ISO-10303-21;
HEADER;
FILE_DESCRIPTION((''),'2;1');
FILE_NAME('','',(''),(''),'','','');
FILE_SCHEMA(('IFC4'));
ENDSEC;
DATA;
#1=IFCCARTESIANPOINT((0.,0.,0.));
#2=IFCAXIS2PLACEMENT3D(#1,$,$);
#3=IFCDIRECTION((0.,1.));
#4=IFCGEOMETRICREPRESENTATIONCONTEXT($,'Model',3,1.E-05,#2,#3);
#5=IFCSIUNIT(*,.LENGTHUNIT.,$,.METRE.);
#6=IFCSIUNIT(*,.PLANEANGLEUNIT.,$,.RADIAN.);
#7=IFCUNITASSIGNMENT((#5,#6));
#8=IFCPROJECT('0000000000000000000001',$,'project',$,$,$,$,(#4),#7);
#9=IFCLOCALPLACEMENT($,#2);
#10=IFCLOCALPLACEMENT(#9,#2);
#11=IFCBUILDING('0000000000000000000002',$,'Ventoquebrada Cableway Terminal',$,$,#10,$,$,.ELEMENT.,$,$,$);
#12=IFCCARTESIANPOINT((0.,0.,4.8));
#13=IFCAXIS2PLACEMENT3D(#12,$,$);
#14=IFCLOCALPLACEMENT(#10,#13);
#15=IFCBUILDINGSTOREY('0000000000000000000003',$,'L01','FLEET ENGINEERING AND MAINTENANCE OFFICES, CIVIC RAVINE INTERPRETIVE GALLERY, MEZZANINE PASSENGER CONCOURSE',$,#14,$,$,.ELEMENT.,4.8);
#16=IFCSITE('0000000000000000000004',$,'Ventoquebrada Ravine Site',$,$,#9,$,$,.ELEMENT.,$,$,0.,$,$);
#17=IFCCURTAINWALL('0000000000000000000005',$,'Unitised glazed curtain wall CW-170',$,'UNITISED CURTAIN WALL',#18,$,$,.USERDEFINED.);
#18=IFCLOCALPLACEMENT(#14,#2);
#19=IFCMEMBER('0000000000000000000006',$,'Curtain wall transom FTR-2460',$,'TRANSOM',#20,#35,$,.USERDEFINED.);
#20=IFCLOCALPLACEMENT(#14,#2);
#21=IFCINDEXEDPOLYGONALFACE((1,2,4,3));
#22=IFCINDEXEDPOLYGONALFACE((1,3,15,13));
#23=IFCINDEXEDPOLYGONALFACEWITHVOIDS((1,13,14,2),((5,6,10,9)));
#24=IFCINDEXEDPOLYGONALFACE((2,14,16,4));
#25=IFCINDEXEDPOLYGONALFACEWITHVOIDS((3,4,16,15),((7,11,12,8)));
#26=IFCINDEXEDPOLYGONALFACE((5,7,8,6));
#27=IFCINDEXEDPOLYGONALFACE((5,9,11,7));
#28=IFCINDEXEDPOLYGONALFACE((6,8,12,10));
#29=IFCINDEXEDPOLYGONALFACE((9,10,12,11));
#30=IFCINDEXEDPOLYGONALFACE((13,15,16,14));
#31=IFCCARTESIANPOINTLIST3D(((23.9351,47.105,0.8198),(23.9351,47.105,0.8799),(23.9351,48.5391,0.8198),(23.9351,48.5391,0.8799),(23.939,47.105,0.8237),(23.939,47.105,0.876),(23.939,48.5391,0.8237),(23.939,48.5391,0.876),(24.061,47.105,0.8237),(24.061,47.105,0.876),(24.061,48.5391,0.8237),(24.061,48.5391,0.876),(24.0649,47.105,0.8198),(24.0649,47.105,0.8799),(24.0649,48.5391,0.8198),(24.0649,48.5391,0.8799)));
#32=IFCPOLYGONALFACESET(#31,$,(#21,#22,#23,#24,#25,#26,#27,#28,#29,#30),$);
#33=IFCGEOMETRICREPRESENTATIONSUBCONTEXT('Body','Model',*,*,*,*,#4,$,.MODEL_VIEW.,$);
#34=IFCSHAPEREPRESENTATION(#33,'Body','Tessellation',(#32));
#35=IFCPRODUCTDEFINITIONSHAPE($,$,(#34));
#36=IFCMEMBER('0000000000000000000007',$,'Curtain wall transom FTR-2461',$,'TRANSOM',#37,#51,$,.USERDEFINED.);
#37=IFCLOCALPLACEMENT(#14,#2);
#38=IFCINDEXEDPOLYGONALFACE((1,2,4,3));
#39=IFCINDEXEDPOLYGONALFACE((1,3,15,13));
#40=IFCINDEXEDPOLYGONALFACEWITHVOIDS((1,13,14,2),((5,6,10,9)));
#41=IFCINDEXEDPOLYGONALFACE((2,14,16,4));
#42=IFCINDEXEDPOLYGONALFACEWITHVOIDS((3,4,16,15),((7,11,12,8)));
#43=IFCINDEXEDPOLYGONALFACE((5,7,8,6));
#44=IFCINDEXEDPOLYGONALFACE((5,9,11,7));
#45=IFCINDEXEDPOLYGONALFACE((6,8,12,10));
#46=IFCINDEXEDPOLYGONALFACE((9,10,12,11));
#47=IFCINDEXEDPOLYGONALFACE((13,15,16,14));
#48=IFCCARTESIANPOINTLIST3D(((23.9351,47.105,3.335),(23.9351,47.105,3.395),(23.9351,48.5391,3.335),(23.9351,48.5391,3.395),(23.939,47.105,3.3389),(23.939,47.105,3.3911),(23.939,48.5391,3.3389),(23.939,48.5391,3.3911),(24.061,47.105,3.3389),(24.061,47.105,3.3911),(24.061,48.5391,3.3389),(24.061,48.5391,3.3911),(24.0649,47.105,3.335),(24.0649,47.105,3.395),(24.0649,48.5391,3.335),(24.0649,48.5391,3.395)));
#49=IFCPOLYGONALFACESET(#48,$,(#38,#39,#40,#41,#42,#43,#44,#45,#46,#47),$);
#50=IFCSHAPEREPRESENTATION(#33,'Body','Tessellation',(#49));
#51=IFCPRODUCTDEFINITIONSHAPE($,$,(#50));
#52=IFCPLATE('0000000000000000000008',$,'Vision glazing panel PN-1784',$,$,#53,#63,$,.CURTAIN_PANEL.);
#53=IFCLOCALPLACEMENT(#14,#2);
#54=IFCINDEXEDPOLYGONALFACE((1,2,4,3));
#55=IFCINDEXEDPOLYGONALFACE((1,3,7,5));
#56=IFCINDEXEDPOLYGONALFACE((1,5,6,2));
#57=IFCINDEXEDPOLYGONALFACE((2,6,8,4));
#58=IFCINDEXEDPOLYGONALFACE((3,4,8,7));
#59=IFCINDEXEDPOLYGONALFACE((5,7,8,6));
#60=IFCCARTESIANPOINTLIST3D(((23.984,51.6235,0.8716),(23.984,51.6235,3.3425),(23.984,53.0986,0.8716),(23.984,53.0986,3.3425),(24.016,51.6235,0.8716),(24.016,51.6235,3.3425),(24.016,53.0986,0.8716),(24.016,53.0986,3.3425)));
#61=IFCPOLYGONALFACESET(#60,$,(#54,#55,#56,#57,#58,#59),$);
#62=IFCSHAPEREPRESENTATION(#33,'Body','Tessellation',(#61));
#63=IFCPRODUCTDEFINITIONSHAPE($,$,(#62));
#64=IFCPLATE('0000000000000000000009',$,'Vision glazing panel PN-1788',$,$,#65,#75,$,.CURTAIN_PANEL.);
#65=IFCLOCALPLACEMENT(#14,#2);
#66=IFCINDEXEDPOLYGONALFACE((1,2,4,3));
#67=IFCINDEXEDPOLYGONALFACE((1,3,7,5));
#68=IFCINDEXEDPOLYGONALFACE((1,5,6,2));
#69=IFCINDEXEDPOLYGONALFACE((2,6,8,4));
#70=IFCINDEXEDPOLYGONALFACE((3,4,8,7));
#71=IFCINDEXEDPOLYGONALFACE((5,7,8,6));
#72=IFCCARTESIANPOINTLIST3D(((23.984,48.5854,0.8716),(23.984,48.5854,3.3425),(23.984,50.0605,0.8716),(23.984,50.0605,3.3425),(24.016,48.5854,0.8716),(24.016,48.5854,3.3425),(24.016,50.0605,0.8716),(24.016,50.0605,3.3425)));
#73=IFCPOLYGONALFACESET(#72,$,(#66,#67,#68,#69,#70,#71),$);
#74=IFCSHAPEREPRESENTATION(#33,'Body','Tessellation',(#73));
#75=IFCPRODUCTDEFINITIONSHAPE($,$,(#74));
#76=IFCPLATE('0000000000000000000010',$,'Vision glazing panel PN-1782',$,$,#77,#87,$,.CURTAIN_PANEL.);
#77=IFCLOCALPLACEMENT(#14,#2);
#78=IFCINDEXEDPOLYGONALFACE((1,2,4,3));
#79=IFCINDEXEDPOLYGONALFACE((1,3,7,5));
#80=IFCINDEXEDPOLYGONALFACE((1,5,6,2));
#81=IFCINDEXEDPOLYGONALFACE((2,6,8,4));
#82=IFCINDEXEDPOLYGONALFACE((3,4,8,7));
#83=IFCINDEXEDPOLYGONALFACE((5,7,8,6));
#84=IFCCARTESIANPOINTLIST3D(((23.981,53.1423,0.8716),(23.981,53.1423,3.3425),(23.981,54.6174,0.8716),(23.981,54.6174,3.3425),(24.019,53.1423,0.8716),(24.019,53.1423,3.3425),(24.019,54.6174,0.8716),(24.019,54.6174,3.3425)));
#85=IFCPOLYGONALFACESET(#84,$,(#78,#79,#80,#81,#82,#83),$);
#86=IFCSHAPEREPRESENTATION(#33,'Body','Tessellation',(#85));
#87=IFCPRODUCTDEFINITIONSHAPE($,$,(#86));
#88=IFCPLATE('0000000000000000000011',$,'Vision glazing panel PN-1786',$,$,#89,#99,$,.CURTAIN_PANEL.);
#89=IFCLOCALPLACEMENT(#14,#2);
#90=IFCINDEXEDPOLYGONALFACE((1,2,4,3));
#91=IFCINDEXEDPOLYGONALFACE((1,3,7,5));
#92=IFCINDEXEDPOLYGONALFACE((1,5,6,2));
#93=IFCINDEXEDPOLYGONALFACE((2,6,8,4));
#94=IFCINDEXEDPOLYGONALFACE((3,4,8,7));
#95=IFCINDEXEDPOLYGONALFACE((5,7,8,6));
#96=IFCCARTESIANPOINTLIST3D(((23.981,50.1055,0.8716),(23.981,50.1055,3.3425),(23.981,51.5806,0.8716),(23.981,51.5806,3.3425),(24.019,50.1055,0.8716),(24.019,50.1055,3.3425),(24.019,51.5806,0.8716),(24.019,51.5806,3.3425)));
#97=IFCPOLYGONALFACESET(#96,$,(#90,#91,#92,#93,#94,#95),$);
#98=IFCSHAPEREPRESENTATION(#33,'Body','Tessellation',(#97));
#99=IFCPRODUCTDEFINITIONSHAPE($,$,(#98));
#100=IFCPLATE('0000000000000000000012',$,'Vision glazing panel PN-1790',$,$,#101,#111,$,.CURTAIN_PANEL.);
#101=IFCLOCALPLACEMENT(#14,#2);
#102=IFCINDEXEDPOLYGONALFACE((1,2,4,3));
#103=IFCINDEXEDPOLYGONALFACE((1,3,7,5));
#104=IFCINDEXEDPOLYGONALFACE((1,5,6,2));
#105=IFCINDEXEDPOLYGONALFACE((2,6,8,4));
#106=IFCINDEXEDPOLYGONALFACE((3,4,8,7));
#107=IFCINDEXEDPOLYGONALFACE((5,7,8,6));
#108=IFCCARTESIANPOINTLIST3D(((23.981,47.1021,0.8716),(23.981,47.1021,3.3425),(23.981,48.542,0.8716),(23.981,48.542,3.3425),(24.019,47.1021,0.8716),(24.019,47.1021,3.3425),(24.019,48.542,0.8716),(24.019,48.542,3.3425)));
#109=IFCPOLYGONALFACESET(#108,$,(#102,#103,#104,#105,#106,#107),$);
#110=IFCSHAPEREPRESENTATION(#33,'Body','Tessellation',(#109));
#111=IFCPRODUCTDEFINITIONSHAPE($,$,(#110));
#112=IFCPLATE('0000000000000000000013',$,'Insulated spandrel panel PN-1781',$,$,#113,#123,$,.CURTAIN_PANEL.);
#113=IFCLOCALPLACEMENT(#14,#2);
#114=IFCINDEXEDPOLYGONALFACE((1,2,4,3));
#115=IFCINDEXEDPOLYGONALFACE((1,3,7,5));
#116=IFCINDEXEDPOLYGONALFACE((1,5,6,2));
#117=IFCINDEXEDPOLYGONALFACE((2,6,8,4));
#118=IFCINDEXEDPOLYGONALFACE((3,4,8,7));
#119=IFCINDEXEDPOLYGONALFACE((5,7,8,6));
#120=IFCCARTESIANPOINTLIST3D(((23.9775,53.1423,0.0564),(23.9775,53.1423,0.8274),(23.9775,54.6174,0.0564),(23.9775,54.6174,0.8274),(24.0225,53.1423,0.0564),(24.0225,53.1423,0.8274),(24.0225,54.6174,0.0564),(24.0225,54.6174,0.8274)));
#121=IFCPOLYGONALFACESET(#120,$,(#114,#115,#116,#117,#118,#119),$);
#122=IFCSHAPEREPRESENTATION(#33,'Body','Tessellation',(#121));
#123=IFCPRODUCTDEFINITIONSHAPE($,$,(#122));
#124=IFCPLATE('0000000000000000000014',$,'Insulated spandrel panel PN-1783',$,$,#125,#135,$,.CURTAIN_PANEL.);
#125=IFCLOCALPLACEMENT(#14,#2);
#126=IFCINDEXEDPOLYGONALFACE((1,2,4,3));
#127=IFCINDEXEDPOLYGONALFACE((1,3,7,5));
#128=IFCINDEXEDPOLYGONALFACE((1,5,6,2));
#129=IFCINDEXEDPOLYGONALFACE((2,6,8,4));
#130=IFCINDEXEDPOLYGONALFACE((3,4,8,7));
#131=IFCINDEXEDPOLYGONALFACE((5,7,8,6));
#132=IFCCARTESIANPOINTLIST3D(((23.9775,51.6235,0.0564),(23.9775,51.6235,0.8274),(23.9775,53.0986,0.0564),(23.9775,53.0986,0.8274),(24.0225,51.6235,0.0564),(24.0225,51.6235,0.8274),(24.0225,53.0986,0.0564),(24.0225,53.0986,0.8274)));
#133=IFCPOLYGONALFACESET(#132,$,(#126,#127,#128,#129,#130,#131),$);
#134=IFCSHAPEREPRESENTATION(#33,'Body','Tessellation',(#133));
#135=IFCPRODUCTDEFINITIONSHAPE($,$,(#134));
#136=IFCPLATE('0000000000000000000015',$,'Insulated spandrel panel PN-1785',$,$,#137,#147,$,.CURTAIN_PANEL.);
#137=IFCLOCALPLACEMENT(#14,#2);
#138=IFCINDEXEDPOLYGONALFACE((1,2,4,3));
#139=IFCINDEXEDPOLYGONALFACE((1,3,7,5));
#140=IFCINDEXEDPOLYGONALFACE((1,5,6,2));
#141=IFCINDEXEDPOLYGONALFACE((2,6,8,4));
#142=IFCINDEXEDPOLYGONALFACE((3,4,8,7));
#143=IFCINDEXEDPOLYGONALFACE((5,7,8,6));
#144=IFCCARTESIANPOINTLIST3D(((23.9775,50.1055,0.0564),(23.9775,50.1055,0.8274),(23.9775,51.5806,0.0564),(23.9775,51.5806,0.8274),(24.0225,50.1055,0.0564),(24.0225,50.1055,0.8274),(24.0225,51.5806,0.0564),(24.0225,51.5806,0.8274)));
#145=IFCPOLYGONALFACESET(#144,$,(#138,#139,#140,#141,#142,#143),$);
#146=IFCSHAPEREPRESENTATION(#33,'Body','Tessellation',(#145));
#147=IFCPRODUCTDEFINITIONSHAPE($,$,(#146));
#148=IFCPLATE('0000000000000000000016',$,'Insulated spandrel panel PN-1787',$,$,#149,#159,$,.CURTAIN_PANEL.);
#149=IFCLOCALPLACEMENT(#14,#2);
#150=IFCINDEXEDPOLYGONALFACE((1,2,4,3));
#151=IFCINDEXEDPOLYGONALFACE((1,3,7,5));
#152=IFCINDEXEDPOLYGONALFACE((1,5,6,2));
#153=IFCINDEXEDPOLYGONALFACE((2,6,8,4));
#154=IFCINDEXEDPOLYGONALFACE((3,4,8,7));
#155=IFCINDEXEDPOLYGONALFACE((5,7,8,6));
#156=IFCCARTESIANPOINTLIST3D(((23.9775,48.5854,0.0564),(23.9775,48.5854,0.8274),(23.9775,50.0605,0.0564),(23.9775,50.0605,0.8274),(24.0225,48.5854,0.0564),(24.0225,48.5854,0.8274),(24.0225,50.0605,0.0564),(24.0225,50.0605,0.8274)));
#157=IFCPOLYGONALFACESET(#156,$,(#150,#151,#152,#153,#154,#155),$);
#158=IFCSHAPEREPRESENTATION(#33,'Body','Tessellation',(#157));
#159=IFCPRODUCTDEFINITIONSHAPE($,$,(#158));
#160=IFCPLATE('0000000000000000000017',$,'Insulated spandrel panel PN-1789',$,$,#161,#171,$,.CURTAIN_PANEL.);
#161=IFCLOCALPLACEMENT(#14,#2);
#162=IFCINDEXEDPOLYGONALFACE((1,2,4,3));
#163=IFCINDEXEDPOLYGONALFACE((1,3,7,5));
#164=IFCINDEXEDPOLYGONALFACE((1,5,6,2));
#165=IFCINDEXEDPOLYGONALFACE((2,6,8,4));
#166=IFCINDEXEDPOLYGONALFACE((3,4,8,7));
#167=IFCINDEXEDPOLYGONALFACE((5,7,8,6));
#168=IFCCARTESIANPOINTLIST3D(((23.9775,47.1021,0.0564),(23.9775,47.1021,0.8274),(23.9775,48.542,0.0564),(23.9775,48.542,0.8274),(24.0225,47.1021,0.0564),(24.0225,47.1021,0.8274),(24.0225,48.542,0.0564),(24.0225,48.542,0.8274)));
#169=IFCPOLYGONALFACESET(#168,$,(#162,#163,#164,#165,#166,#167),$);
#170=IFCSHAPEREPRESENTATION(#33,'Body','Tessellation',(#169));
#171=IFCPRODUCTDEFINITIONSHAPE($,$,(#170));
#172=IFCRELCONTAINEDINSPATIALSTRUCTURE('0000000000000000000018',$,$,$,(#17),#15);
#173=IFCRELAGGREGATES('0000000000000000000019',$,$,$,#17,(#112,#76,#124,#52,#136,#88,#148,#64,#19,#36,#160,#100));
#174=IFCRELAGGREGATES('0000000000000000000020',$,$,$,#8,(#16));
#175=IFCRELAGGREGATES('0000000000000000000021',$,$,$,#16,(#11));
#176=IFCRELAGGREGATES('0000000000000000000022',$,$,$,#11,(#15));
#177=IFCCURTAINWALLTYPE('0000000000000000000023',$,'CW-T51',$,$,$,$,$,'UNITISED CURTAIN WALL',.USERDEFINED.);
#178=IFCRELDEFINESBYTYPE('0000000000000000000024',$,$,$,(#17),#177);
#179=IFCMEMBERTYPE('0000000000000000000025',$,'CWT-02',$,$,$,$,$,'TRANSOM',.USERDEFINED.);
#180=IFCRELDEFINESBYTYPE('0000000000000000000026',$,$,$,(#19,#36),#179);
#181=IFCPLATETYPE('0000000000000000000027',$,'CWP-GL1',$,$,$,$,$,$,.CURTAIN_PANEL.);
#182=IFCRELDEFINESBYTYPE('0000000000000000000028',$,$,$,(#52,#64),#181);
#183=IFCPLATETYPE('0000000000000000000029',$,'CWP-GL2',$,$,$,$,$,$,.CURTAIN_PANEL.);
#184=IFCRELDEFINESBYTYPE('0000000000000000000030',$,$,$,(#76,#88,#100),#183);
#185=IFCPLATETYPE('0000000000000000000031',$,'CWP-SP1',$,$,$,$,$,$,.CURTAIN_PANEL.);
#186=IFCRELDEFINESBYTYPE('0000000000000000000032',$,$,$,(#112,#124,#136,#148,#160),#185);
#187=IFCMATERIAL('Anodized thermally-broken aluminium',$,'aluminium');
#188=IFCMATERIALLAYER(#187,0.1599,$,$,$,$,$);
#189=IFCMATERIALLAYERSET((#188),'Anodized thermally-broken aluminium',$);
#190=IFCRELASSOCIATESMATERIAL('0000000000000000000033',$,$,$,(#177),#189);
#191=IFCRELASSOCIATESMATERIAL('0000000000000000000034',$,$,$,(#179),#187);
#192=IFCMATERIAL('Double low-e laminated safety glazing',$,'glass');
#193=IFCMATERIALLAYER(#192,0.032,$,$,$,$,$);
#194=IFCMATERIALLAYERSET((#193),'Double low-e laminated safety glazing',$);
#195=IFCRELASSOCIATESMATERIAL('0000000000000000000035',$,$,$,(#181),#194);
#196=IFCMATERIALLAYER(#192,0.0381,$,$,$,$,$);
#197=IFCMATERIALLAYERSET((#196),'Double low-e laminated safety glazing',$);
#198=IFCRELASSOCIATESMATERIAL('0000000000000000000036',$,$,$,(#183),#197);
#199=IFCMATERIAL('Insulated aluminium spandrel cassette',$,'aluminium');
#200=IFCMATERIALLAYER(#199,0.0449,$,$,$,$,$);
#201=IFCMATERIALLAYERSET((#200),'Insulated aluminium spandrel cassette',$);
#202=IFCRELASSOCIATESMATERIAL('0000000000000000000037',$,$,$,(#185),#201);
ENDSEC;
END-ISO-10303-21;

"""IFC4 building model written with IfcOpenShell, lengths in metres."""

from ifc_helpers import new_model, si_unit, direction, frame, origin, origin_2d, place, context, subcontext, project, spatial, rectangle, hollow_rectangle, extrude, material, layer, layer_set, material_profile, profile_set, type_object, element, aggregate, save


model = new_model("IFC4")

# Units and contexts
model_context = context("Model", 3, precision=1e-05, world=origin(), true_north=direction((0.0, 1.0)))
body_context = subcontext(model_context, "Body", "Model", "MODEL_VIEW")
ifc_project = project(units=[si_unit("LENGTHUNIT", "METRE"), si_unit("PLANEANGLEUNIT", "RADIAN")], contexts=[model_context])

# Site, building, storey
site_placement = place(None, origin())
site = spatial("IfcSite", under=ifc_project, at=site_placement, Name="Ventoquebrada Ravine Site", CompositionType="ELEMENT", RefElevation=0.0)
building_placement = place(site_placement, origin())
building = spatial("IfcBuilding", under=site, at=building_placement, Name="Ventoquebrada Cableway Terminal", CompositionType="ELEMENT")
storey_placement = place(building_placement, frame((0.0, 0.0, 4.8)))
storey = spatial("IfcBuildingStorey", under=building, at=storey_placement, Name="L01", Description="FLEET ENGINEERING AND MAINTENANCE OFFICES, CIVIC RAVINE INTERPRETIVE GALLERY, MEZZANINE PASSENGER CONCOURSE", CompositionType="ELEMENT", Elevation=4.8)

# Curtain wall, members, plates
ifc_material_1 = material(Name="Anodized thermally-broken aluminium", Category="aluminium")
ifc_layer_1 = layer(ifc_material_1, 0.1599)
ifc_layer_set_1 = layer_set([ifc_layer_1], Name="Anodized thermally-broken aluminium")
curtain_wall_type = type_object("IfcCurtainWallType", Name="CW-T51", ElementType="UNITISED CURTAIN WALL", PredefinedType="USERDEFINED", material=ifc_layer_set_1)
curtain_wall_placement = place(storey_placement, origin())
curtain_wall = element("IfcCurtainWall", 1, at=curtain_wall_placement, inside=storey, type_object=curtain_wall_type, Name="Unitised glazed curtain wall CW-170", ObjectType="UNITISED CURTAIN WALL", PredefinedType="USERDEFINED")
ifc_material_profile_1 = material_profile(ifc_material_1, hollow_rectangle(XDim=0.0601, YDim=0.1299, WallThickness=0.0039, at=origin_2d()), Name="CW-TRN-60X130")
ifc_profile_set_1 = profile_set([ifc_material_profile_1], Name="Anodized thermally-broken aluminium")
member_type_1 = type_object("IfcMemberType", Name="CWT-02", ElementType="TRANSOM", PredefinedType="USERDEFINED", material=ifc_profile_set_1)
member_1_placement = place(storey_placement, frame((24.0, 48.5391, 0.8499), z_axis=(0.0, -1.0, 0.0), x_axis=(0.0, 0.0, 1.0)))
member_1 = element("IfcMember", 2, at=member_1_placement, type_object=member_type_1, Name="Curtain wall transom FTR-2460", ObjectType="TRANSOM", PredefinedType="USERDEFINED", context=body_context, shape_type="SweptSolid", body=[
    extrude(hollow_rectangle(XDim=0.0601, YDim=0.1299, WallThickness=0.0039, at=origin_2d()), origin(), (0.0, 0.0, 1.0), 1.4341),
])
member_2_placement = place(storey_placement, frame((24.0, 48.5391, 3.365), z_axis=(0.0, -1.0, 0.0), x_axis=(0.0, 0.0, 1.0)))
member_2 = element("IfcMember", 3, at=member_2_placement, type_object=member_type_1, Name="Curtain wall transom FTR-2461", ObjectType="TRANSOM", PredefinedType="USERDEFINED", context=body_context, shape_type="SweptSolid", body=[
    extrude(hollow_rectangle(XDim=0.0601, YDim=0.1299, WallThickness=0.0039, at=origin_2d()), origin(), (0.0, 0.0, 1.0), 1.4341),
])
ifc_material_2 = material(Name="Double low-e laminated safety glazing", Category="glass")
ifc_layer_2 = layer(ifc_material_2, 0.032)
ifc_layer_set_2 = layer_set([ifc_layer_2], Name="Double low-e laminated safety glazing")
plate_type_1 = type_object("IfcPlateType", Name="CWP-GL1", PredefinedType="CURTAIN_PANEL", material=ifc_layer_set_2)
plate_1_placement = place(storey_placement, frame((24.0, 52.3611, 0.8716), z_axis=(0.0, 0.0, 1.0), x_axis=(0.0, -1.0, 0.0)))
plate_1 = element("IfcPlate", 4, at=plate_1_placement, type_object=plate_type_1, Name="Vision glazing panel PN-1784", PredefinedType="CURTAIN_PANEL", context=body_context, shape_type="SweptSolid", body=[
    extrude(rectangle(XDim=1.4751, YDim=0.032, at=origin_2d()), origin(), (0.0, 0.0, 1.0), 2.4709),
])
plate_2_placement = place(storey_placement, frame((24.0, 49.323, 0.8716), z_axis=(0.0, 0.0, 1.0), x_axis=(0.0, -1.0, 0.0)))
plate_2 = element("IfcPlate", 5, at=plate_2_placement, type_object=plate_type_1, Name="Vision glazing panel PN-1788", PredefinedType="CURTAIN_PANEL", context=body_context, shape_type="SweptSolid", body=[
    extrude(rectangle(XDim=1.4751, YDim=0.032, at=origin_2d()), origin(), (0.0, 0.0, 1.0), 2.4709),
])
ifc_layer_3 = layer(ifc_material_2, 0.0381)
ifc_layer_set_3 = layer_set([ifc_layer_3], Name="Double low-e laminated safety glazing")
plate_type_2 = type_object("IfcPlateType", Name="CWP-GL2", PredefinedType="CURTAIN_PANEL", material=ifc_layer_set_3)
plate_3_placement = place(storey_placement, frame((24.0, 53.8799, 0.8716), z_axis=(0.0, 0.0, 1.0), x_axis=(0.0, -1.0, 0.0)))
plate_3 = element("IfcPlate", 6, at=plate_3_placement, type_object=plate_type_2, Name="Vision glazing panel PN-1782", PredefinedType="CURTAIN_PANEL", context=body_context, shape_type="SweptSolid", body=[
    extrude(rectangle(XDim=1.4751, YDim=0.0381, at=origin_2d()), origin(), (0.0, 0.0, 1.0), 2.4709),
])
plate_4_placement = place(storey_placement, frame((24.0, 50.843, 0.8716), z_axis=(0.0, 0.0, 1.0), x_axis=(0.0, -1.0, 0.0)))
plate_4 = element("IfcPlate", 7, at=plate_4_placement, type_object=plate_type_2, Name="Vision glazing panel PN-1786", PredefinedType="CURTAIN_PANEL", context=body_context, shape_type="SweptSolid", body=[
    extrude(rectangle(XDim=1.4751, YDim=0.0381, at=origin_2d()), origin(), (0.0, 0.0, 1.0), 2.4709),
])
plate_5_placement = place(storey_placement, frame((24.0, 47.822, 0.8716), z_axis=(0.0, 0.0, 1.0), x_axis=(0.0, -1.0, 0.0)))
plate_5 = element("IfcPlate", 8, at=plate_5_placement, type_object=plate_type_2, Name="Vision glazing panel PN-1790", PredefinedType="CURTAIN_PANEL", context=body_context, shape_type="SweptSolid", body=[
    extrude(rectangle(XDim=1.4399, YDim=0.0381, at=origin_2d()), origin(), (0.0, 0.0, 1.0), 2.4709),
])
ifc_material_3 = material(Name="Insulated aluminium spandrel cassette", Category="aluminium")
ifc_layer_4 = layer(ifc_material_3, 0.0449)
ifc_layer_set_4 = layer_set([ifc_layer_4], Name="Insulated aluminium spandrel cassette")
plate_type_3 = type_object("IfcPlateType", Name="CWP-SP1", PredefinedType="CURTAIN_PANEL", material=ifc_layer_set_4)
plate_6_placement = place(storey_placement, frame((24.0, 53.8799, 0.0564), z_axis=(0.0, 0.0, 1.0), x_axis=(0.0, -1.0, 0.0)))
plate_6 = element("IfcPlate", 9, at=plate_6_placement, type_object=plate_type_3, Name="Insulated spandrel panel PN-1781", PredefinedType="CURTAIN_PANEL", context=body_context, shape_type="SweptSolid", body=[
    extrude(rectangle(XDim=1.4751, YDim=0.0449, at=origin_2d()), origin(), (0.0, 0.0, 1.0), 0.771),
])
plate_7_placement = place(storey_placement, frame((24.0, 52.3611, 0.0564), z_axis=(0.0, 0.0, 1.0), x_axis=(0.0, -1.0, 0.0)))
plate_7 = element("IfcPlate", 10, at=plate_7_placement, type_object=plate_type_3, Name="Insulated spandrel panel PN-1783", PredefinedType="CURTAIN_PANEL", context=body_context, shape_type="SweptSolid", body=[
    extrude(rectangle(XDim=1.4751, YDim=0.0449, at=origin_2d()), origin(), (0.0, 0.0, 1.0), 0.771),
])
plate_8_placement = place(storey_placement, frame((24.0, 50.843, 0.0564), z_axis=(0.0, 0.0, 1.0), x_axis=(0.0, -1.0, 0.0)))
plate_8 = element("IfcPlate", 11, at=plate_8_placement, type_object=plate_type_3, Name="Insulated spandrel panel PN-1785", PredefinedType="CURTAIN_PANEL", context=body_context, shape_type="SweptSolid", body=[
    extrude(rectangle(XDim=1.4751, YDim=0.0449, at=origin_2d()), origin(), (0.0, 0.0, 1.0), 0.771),
])
plate_9_placement = place(storey_placement, frame((24.0, 49.323, 0.0564), z_axis=(0.0, 0.0, 1.0), x_axis=(0.0, -1.0, 0.0)))
plate_9 = element("IfcPlate", 12, at=plate_9_placement, type_object=plate_type_3, Name="Insulated spandrel panel PN-1787", PredefinedType="CURTAIN_PANEL", context=body_context, shape_type="SweptSolid", body=[
    extrude(rectangle(XDim=1.4751, YDim=0.0449, at=origin_2d()), origin(), (0.0, 0.0, 1.0), 0.771),
])
plate_10_placement = place(storey_placement, frame((24.0, 47.822, 0.0564), z_axis=(0.0, 0.0, 1.0), x_axis=(0.0, -1.0, 0.0)))
plate_10 = element("IfcPlate", 13, at=plate_10_placement, type_object=plate_type_3, Name="Insulated spandrel panel PN-1789", PredefinedType="CURTAIN_PANEL", context=body_context, shape_type="SweptSolid", body=[
    extrude(rectangle(XDim=1.4399, YDim=0.0449, at=origin_2d()), origin(), (0.0, 0.0, 1.0), 0.771),
])
aggregate(curtain_wall, [plate_6, plate_3, plate_7, plate_1, plate_8, plate_4, plate_9, plate_2, member_1, member_2, plate_10, plate_5])

save(model, "model.ifc")
